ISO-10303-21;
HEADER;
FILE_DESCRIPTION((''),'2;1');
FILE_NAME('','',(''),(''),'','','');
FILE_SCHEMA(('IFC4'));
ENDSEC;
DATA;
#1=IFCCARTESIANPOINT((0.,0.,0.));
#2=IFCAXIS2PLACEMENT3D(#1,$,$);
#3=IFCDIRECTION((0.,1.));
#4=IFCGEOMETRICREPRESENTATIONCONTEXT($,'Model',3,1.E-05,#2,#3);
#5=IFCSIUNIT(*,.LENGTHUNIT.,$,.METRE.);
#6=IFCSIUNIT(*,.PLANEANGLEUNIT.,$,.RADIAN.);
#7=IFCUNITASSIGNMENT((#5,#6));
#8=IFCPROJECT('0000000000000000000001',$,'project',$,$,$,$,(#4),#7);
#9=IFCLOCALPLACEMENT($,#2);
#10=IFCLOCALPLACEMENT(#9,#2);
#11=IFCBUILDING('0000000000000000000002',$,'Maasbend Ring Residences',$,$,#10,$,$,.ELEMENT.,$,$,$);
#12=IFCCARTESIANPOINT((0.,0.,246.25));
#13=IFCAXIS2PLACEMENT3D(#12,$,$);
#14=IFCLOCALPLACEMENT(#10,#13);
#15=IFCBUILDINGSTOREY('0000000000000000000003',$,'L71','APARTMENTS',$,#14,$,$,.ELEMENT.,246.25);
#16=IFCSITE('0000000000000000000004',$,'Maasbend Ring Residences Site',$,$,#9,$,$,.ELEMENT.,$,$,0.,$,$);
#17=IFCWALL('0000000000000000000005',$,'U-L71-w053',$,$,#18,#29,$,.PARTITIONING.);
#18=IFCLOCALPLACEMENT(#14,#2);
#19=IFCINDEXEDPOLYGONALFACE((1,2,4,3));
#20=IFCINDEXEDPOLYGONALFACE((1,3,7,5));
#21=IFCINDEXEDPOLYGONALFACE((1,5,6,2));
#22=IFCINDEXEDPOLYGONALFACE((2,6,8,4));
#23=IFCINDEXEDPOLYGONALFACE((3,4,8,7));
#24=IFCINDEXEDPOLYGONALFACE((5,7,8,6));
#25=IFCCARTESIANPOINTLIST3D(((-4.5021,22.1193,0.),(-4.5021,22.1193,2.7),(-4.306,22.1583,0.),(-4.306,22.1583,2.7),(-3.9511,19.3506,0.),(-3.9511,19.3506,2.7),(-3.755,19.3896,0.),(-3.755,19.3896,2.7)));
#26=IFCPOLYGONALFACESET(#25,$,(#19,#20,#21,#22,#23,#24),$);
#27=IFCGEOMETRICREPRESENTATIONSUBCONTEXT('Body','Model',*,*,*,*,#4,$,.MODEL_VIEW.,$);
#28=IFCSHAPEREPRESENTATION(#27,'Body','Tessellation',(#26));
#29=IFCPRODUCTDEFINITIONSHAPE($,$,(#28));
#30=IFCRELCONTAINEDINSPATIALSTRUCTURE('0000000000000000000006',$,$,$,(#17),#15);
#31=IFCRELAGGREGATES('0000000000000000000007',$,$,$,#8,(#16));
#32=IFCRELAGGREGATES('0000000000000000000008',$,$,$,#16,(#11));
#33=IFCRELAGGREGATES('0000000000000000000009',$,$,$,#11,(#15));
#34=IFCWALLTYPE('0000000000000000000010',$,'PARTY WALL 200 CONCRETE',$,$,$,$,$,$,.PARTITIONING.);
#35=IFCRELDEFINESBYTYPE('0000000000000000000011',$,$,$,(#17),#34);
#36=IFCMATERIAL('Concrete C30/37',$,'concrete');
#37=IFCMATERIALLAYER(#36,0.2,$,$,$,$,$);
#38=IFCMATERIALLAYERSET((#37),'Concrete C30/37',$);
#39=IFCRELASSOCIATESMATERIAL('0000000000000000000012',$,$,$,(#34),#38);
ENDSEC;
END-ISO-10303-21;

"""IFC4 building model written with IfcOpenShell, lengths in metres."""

from ifc_helpers import new_model, si_unit, direction, frame, frame_2d, origin, place, context, subcontext, project, spatial, rectangle, extrude, material, layer, layer_set, type_object, element, save


model = new_model("IFC4")

# Units and contexts
model_context = context("Model", 3, precision=1e-05, world=origin(), true_north=direction((0.0, 1.0)))
body_context = subcontext(model_context, "Body", "Model", "MODEL_VIEW")
ifc_project = project(units=[si_unit("LENGTHUNIT", "METRE"), si_unit("PLANEANGLEUNIT", "RADIAN")], contexts=[model_context])

# Site, building, storey
site_placement = place(None, origin())
site = spatial("IfcSite", under=ifc_project, at=site_placement, Name="Maasbend Ring Residences Site", CompositionType="ELEMENT", RefElevation=0.0)
building_placement = place(site_placement, origin())
building = spatial("IfcBuilding", under=site, at=building_placement, Name="Maasbend Ring Residences", CompositionType="ELEMENT")
storey_placement = place(building_placement, frame((0.0, 0.0, 246.25)))
storey = spatial("IfcBuildingStorey", under=building, at=storey_placement, Name="L71", Description="APARTMENTS", CompositionType="ELEMENT", Elevation=246.25)

# Wall
ifc_material_1 = material(Name="Concrete C30/37", Category="concrete")
ifc_layer_1 = layer(ifc_material_1, 0.2)
ifc_layer_set_1 = layer_set([ifc_layer_1], Name="Concrete C30/37")
wall_type_1 = type_object("IfcWallType", Name="PARTY WALL 200 CONCRETE", PredefinedType="PARTITIONING", material=ifc_layer_set_1)
wall_1_placement = place(storey_placement, frame((-4.4041, 22.1389, 0.0), z_axis=(0.0, 0.0, 1.0), x_axis=(0.195185, -0.980766, 0.0)))
element("IfcWall", 1, at=wall_1_placement, inside=storey, type_object=wall_type_1, Name="U-L71-w053", PredefinedType="PARTITIONING", context=body_context, shape_type="SweptSolid", body=[
    extrude(rectangle(XDim=2.823, YDim=0.2, at=frame_2d((1.4116, 0.0))), origin(), (0.0, 0.0, 1.0), 2.7),
])

save(model, "model.ifc")
